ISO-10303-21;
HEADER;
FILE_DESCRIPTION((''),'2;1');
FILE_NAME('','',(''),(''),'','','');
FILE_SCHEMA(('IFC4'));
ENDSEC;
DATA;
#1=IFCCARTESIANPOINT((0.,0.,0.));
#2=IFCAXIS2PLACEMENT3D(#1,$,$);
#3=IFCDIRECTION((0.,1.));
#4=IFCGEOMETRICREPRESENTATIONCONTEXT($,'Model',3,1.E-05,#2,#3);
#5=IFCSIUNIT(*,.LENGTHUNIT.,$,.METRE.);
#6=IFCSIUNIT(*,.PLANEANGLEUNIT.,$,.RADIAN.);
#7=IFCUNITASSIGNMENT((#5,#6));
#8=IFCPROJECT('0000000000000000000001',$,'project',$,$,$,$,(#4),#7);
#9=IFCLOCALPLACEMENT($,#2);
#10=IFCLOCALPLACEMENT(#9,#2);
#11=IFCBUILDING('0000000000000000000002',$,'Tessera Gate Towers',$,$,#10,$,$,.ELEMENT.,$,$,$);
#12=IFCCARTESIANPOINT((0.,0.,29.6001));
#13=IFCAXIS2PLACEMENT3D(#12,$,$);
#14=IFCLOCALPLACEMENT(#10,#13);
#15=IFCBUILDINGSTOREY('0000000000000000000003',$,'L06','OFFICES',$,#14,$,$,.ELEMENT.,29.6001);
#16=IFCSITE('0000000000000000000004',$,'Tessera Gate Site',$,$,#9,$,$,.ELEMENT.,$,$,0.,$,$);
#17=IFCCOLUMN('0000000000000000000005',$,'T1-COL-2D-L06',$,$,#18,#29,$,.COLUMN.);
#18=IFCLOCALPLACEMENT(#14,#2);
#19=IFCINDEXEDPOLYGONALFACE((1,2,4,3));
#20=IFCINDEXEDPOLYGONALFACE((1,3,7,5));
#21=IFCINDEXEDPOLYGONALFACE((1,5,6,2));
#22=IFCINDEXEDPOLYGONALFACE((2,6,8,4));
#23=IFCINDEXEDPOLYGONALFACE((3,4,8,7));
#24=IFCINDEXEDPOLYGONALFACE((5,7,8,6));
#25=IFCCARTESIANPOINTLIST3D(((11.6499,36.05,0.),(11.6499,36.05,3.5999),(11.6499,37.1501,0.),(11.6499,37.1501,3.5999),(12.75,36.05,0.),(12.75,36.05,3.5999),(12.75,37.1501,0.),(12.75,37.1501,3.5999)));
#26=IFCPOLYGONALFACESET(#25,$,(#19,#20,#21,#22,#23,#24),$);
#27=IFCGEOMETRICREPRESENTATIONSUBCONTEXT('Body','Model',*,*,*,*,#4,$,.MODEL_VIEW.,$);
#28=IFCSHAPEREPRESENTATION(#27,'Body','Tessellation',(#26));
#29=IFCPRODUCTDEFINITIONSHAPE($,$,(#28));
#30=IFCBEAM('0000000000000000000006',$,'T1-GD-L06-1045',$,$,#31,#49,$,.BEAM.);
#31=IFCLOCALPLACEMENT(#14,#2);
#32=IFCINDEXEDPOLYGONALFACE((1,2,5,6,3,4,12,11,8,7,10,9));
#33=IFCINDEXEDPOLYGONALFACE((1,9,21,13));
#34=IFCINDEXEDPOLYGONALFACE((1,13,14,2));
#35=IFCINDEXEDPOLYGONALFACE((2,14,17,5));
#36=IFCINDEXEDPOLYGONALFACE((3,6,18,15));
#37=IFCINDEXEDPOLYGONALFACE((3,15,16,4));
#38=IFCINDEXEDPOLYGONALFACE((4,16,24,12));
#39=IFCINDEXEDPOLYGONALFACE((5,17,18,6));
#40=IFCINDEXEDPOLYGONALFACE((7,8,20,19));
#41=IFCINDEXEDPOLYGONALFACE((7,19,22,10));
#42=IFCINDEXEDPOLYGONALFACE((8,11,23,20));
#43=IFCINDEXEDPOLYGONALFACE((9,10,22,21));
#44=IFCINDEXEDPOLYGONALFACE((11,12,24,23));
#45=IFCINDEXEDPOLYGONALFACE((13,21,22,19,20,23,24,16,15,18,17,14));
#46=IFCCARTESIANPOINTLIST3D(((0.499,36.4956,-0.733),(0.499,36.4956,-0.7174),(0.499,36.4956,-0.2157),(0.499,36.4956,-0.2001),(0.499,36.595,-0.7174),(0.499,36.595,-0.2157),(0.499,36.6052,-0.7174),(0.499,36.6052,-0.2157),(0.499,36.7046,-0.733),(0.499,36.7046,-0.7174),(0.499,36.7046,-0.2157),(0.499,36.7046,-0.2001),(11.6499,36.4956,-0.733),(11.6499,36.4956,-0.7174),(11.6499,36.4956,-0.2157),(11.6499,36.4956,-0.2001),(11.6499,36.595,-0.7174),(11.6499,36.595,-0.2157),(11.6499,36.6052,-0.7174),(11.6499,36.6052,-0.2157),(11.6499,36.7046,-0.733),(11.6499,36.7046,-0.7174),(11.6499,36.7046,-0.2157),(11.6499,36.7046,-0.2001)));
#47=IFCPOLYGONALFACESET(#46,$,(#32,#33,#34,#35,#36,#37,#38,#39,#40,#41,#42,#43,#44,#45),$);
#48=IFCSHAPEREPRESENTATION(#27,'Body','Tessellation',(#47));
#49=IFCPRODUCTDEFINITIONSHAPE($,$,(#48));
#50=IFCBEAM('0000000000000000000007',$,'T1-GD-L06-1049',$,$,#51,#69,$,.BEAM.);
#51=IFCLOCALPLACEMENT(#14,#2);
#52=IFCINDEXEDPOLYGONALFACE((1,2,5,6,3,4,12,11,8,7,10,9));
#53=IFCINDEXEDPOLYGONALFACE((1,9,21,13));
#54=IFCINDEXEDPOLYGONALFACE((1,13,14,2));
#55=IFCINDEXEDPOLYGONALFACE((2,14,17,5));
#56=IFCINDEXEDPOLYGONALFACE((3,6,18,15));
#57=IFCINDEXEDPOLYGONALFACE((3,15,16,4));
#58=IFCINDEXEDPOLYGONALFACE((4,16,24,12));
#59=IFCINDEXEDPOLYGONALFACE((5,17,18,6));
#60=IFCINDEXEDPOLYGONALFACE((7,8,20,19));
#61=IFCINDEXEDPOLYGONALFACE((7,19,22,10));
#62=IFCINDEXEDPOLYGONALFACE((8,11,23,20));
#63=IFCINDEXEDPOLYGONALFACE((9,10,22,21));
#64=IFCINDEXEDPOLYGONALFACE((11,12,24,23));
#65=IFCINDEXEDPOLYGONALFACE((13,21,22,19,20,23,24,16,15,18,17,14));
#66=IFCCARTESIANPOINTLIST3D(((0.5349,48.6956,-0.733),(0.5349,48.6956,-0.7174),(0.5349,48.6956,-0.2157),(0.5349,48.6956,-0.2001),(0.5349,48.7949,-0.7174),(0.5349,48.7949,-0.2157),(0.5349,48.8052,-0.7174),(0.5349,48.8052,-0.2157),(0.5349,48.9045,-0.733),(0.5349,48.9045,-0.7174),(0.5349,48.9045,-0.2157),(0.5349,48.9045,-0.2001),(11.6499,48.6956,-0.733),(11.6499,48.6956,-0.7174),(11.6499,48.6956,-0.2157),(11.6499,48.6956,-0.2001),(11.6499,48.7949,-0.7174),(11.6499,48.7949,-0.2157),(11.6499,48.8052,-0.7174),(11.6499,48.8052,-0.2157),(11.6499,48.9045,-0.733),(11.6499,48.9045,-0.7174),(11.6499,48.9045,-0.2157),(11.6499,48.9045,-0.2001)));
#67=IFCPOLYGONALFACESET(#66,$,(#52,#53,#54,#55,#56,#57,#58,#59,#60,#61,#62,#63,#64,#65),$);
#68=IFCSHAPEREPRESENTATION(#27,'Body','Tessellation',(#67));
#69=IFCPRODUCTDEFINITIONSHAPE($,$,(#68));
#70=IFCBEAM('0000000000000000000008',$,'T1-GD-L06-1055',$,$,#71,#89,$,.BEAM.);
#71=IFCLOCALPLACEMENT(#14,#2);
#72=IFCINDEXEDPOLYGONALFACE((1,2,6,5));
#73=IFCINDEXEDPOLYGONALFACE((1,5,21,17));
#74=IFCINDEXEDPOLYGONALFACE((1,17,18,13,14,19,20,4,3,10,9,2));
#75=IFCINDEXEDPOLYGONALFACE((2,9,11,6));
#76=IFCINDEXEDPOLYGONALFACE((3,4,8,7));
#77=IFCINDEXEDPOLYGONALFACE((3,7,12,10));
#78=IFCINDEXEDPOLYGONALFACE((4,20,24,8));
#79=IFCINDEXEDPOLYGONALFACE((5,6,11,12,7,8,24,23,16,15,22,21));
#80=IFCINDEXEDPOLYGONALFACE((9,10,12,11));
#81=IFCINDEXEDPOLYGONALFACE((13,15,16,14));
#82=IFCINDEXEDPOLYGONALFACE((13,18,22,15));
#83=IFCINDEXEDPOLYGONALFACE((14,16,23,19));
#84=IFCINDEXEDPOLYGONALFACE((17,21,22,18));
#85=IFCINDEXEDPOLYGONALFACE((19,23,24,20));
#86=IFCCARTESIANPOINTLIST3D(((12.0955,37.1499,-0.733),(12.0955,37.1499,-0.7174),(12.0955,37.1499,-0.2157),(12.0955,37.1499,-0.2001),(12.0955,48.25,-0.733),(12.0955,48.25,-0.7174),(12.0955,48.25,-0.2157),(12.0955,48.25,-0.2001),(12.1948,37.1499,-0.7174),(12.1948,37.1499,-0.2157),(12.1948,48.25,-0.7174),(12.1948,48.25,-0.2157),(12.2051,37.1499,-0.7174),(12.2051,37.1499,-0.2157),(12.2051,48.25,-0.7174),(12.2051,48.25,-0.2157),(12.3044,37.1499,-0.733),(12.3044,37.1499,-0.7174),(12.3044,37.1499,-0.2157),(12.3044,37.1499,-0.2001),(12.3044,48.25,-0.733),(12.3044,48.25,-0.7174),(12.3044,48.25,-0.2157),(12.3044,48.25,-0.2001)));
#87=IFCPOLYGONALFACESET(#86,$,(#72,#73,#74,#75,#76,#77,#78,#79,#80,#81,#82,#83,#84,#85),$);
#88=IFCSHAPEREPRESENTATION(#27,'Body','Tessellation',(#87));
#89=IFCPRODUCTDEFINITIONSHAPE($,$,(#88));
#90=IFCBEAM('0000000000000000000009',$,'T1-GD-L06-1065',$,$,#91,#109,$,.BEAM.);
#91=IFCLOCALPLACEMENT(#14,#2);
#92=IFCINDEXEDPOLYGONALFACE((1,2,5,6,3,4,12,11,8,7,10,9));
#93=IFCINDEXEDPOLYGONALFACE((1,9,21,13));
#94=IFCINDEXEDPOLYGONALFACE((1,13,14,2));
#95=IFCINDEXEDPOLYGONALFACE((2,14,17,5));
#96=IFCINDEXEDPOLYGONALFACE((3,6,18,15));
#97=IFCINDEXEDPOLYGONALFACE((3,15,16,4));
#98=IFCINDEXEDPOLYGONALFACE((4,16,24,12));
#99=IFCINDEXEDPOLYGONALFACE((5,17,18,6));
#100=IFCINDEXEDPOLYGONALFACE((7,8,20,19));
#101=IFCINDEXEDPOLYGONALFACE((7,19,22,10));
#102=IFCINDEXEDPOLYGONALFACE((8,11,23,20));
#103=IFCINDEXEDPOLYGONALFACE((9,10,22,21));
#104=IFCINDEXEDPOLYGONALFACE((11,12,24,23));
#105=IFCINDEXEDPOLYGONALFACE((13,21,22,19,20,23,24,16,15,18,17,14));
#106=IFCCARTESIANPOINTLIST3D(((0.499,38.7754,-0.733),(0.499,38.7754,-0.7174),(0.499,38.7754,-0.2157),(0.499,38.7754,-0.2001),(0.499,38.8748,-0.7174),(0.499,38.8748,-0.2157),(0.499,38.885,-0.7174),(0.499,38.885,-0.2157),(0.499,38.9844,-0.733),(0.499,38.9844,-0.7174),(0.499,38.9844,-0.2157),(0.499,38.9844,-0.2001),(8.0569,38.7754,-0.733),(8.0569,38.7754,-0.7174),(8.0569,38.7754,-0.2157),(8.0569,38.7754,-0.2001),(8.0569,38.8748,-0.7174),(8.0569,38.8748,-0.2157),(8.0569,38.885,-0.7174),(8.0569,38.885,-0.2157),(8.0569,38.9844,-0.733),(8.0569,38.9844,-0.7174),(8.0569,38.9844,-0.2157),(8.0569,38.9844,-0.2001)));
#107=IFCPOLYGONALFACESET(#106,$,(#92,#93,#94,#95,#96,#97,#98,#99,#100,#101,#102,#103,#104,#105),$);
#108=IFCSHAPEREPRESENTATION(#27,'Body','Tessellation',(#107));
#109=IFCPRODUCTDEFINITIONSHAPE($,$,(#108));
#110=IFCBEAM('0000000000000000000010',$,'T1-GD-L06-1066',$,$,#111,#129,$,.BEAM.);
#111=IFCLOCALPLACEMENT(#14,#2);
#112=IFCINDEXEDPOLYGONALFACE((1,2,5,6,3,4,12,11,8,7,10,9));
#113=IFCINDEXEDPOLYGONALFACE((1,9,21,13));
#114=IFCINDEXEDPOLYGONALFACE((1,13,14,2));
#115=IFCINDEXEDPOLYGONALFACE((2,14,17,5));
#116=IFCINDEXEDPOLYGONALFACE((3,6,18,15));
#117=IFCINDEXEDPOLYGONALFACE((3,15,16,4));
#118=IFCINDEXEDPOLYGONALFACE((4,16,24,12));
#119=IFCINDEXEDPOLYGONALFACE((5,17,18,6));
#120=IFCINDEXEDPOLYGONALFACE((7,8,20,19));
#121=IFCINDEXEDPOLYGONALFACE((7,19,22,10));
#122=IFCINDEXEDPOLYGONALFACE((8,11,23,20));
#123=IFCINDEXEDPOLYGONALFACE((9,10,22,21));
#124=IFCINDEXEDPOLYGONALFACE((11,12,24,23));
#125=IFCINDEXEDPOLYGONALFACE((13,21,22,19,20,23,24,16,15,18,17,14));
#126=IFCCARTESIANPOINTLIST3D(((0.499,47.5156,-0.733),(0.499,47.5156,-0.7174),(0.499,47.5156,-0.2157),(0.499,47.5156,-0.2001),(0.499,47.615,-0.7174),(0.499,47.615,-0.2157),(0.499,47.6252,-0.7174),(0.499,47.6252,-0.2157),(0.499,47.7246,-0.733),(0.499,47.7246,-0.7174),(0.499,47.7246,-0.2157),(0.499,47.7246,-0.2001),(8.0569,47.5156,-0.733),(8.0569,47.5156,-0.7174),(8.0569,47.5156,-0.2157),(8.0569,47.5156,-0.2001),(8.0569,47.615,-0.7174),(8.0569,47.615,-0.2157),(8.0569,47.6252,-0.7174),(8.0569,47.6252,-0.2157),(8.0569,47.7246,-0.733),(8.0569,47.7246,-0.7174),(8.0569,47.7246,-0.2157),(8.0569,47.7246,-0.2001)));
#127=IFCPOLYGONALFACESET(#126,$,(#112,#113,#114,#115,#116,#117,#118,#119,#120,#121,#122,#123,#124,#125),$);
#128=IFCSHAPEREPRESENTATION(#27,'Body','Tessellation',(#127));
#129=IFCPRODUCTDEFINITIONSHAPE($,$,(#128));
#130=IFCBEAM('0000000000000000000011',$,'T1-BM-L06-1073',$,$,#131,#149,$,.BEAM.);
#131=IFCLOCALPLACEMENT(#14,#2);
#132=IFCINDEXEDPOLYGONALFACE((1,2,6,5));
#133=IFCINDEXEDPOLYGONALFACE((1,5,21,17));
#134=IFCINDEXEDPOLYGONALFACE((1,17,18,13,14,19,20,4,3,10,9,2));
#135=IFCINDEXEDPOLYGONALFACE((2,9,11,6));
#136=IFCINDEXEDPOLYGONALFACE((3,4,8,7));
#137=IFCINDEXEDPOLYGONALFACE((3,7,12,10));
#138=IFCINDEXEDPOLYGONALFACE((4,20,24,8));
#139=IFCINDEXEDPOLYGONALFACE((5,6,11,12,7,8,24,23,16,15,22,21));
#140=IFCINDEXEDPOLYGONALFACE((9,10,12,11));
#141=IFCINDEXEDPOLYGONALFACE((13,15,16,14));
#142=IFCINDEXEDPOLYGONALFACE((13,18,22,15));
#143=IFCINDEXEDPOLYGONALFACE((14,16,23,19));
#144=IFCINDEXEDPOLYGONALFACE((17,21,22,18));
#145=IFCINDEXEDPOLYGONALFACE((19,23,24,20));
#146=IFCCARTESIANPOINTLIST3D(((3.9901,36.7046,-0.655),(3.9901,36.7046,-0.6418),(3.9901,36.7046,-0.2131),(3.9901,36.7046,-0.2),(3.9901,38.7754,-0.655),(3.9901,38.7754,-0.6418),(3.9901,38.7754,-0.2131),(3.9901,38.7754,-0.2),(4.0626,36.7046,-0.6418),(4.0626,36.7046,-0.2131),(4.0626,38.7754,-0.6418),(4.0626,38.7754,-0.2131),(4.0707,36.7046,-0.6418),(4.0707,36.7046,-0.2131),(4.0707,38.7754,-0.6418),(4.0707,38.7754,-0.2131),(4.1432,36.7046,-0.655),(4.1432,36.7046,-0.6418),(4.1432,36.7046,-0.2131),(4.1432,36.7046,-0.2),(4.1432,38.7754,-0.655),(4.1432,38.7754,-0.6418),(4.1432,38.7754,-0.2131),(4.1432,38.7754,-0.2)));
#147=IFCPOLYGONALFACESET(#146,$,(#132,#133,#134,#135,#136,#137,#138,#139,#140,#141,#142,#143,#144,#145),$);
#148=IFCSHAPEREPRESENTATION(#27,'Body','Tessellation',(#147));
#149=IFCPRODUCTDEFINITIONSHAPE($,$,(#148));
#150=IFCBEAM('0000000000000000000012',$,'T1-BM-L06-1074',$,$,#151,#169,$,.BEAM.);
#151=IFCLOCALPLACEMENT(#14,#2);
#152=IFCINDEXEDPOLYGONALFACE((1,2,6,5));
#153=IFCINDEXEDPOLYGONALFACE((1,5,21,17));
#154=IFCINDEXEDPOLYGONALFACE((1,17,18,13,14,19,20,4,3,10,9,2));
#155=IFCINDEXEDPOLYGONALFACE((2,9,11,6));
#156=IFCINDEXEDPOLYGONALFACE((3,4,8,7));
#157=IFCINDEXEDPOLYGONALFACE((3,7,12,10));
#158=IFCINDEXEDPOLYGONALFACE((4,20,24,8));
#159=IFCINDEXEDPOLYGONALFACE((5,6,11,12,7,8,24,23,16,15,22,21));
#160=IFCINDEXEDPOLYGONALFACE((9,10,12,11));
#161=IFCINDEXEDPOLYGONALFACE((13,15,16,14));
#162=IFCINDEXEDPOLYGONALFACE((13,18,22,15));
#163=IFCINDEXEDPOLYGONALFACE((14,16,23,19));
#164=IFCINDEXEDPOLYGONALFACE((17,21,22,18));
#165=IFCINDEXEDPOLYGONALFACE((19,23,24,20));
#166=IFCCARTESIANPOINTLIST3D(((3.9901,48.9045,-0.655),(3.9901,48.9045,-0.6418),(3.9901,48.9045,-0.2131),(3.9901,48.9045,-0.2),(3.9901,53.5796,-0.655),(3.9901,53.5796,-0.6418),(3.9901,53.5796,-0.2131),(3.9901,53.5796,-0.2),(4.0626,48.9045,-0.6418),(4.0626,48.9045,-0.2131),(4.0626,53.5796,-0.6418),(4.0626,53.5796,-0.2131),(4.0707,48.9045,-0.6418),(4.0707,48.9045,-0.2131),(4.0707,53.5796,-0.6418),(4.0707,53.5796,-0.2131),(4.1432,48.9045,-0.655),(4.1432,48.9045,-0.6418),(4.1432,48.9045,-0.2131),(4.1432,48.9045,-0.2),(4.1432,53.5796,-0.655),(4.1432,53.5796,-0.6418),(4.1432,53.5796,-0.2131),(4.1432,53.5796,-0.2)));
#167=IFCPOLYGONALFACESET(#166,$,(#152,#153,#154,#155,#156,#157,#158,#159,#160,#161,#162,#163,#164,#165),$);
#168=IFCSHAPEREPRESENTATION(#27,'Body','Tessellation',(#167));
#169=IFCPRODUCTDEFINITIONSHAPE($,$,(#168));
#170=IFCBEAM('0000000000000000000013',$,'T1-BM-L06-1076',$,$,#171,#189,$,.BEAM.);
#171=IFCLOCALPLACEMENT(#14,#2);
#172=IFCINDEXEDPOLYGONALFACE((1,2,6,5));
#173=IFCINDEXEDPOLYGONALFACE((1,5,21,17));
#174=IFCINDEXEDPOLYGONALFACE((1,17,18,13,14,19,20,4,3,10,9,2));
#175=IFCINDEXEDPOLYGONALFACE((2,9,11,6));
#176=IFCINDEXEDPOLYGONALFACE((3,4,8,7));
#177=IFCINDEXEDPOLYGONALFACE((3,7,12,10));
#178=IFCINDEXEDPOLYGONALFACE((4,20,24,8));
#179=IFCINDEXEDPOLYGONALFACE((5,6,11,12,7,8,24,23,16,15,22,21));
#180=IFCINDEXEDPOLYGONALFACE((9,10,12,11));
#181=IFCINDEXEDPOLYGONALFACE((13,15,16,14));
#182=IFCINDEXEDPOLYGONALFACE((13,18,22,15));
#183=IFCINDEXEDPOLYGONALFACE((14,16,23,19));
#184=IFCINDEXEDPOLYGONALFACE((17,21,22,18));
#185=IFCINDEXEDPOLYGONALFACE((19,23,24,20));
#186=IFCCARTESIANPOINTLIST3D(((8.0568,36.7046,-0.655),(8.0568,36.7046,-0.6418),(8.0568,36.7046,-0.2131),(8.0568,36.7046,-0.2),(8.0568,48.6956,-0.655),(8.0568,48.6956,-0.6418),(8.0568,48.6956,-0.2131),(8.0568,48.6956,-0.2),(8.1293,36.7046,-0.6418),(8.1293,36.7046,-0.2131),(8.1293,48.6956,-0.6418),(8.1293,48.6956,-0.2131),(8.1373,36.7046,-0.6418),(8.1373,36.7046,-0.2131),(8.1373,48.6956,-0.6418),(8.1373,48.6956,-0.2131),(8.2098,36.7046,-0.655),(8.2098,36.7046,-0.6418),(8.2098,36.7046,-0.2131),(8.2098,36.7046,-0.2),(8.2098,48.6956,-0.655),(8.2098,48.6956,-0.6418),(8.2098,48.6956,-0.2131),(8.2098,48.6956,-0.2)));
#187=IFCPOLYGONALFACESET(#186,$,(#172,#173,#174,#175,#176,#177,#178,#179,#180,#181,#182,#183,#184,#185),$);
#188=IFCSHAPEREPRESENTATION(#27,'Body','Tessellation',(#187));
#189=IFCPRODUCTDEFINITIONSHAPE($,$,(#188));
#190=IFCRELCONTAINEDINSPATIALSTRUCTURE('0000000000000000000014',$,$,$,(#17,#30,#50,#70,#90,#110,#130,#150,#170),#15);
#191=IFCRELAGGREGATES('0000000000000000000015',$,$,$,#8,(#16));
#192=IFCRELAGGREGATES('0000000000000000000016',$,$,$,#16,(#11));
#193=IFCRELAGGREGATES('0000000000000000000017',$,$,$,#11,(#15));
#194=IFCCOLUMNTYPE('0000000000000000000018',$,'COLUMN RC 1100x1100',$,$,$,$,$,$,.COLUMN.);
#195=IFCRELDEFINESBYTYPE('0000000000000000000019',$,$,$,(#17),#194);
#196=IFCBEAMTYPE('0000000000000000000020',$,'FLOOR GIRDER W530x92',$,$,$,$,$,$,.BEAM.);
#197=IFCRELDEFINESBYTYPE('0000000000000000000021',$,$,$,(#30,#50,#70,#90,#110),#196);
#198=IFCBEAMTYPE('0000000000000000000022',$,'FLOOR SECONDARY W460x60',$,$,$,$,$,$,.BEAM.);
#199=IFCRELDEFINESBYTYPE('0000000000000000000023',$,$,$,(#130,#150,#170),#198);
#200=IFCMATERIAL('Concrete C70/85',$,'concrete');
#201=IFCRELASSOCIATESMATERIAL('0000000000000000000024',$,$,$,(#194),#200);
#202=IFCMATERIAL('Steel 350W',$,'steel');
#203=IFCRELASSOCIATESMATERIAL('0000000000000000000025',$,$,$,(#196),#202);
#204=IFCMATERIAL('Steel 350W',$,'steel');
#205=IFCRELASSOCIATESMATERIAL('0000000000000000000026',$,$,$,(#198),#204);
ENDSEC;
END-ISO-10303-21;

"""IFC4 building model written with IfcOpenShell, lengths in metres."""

from ifc_helpers import new_model, si_unit, direction, frame, origin, origin_2d, place, context, subcontext, project, spatial, rectangle, i_section, extrude, material, material_profile, profile_set, type_object, element, save


model = new_model("IFC4")

# Units and contexts
model_context = context("Model", 3, precision=1e-05, world=origin(), true_north=direction((0.0, 1.0)))
body_context = subcontext(model_context, "Body", "Model", "MODEL_VIEW")
ifc_project = project(units=[si_unit("LENGTHUNIT", "METRE"), si_unit("PLANEANGLEUNIT", "RADIAN")], contexts=[model_context])

# Site, building, storey
site_placement = place(None, origin())
site = spatial("IfcSite", under=ifc_project, at=site_placement, Name="Tessera Gate Site", CompositionType="ELEMENT", RefElevation=0.0)
building_placement = place(site_placement, origin())
building = spatial("IfcBuilding", under=site, at=building_placement, Name="Tessera Gate Towers", CompositionType="ELEMENT")
storey_placement = place(building_placement, frame((0.0, 0.0, 29.6001)))
storey = spatial("IfcBuildingStorey", under=building, at=storey_placement, Name="L06", Description="OFFICES", CompositionType="ELEMENT", Elevation=29.6001)

# Column
ifc_material_1 = material(Name="Concrete C70/85", Category="concrete")
ifc_material_profile_1 = material_profile(ifc_material_1, rectangle(XDim=1.1001, YDim=1.1001, at=origin_2d()), Name="RC 1100x1100")
ifc_profile_set_1 = profile_set([ifc_material_profile_1], Name="Concrete C70/85")
column_type = type_object("IfcColumnType", Name="COLUMN RC 1100x1100", PredefinedType="COLUMN", material=ifc_profile_set_1)
column_placement = place(storey_placement, frame((12.2, 36.6001, 0.0), z_axis=(0.0, 0.0, 1.0), x_axis=(1.0, 0.0, 0.0)))
element("IfcColumn", 1, at=column_placement, inside=storey, type_object=column_type, Name="T1-COL-2D-L06", PredefinedType="COLUMN", context=body_context, shape_type="SweptSolid", body=[
    extrude(rectangle(XDim=1.1001, YDim=1.1001, at=origin_2d()), origin(), (0.0, 0.0, 1.0), 3.5999),
])

# Beams
ifc_material_2 = material(Name="Steel 350W", Category="steel")
ifc_material_profile_2 = material_profile(ifc_material_2, i_section(OverallWidth=0.209, OverallDepth=0.533, WebThickness=0.0103, FlangeThickness=0.0156, at=origin_2d()), Name="W530x92")
ifc_profile_set_2 = profile_set([ifc_material_profile_2], Name="Steel 350W")
beam_type_1 = type_object("IfcBeamType", Name="FLOOR GIRDER W530x92", PredefinedType="BEAM", material=ifc_profile_set_2)
beam_1_placement = place(storey_placement, frame((0.499, 36.6001, -0.4666), z_axis=(1.0, 0.0, 0.0), x_axis=(0.0, 1.0, 0.0)))
element("IfcBeam", 2, at=beam_1_placement, inside=storey, type_object=beam_type_1, Name="T1-GD-L06-1045", PredefinedType="BEAM", context=body_context, shape_type="SweptSolid", body=[
    extrude(i_section(OverallWidth=0.209, OverallDepth=0.533, WebThickness=0.0103, FlangeThickness=0.0156, at=origin_2d()), origin(), (0.0, 0.0, 1.0), 11.1509),
])
beam_2_placement = place(storey_placement, frame((0.5349, 48.8, -0.4666), z_axis=(1.0, 0.0, 0.0), x_axis=(0.0, 1.0, 0.0)))
element("IfcBeam", 3, at=beam_2_placement, inside=storey, type_object=beam_type_1, Name="T1-GD-L06-1049", PredefinedType="BEAM", context=body_context, shape_type="SweptSolid", body=[
    extrude(i_section(OverallWidth=0.209, OverallDepth=0.533, WebThickness=0.0103, FlangeThickness=0.0156, at=origin_2d()), origin(), (0.0, 0.0, 1.0), 11.115),
])
beam_3_placement = place(storey_placement, frame((12.2, 37.1499, -0.4666), z_axis=(0.0, 1.0, 0.0), x_axis=(-1.0, 0.0, 0.0)))
element("IfcBeam", 4, at=beam_3_placement, inside=storey, type_object=beam_type_1, Name="T1-GD-L06-1055", PredefinedType="BEAM", context=body_context, shape_type="SweptSolid", body=[
    extrude(i_section(OverallWidth=0.209, OverallDepth=0.533, WebThickness=0.0103, FlangeThickness=0.0156, at=origin_2d()), origin(), (0.0, 0.0, 1.0), 11.1001),
])
for number, where, z_axis, x_axis, name in (
    (5, (0.499, 38.8799, -0.4666), (1.0, 0.0, 0.0), (0.0, 1.0, 0.0), "T1-GD-L06-1065"),
    (6, (0.499, 47.6201, -0.4666), (1.0, 0.0, 0.0), (0.0, 1.0, 0.0), "T1-GD-L06-1066"),
):
    element("IfcBeam", number, at=place(storey_placement, frame(where, z_axis=z_axis, x_axis=x_axis)), inside=storey, type_object=beam_type_1, Name=name, PredefinedType="BEAM", context=body_context, shape_type="SweptSolid", body=[
        extrude(i_section(OverallWidth=0.209, OverallDepth=0.533, WebThickness=0.0103, FlangeThickness=0.0156, at=origin_2d()), origin(), (0.0, 0.0, 1.0), 7.5579),
    ])
ifc_material_3 = material(Name="Steel 350W", Category="steel")
ifc_material_profile_3 = material_profile(ifc_material_3, i_section(OverallWidth=0.1531, OverallDepth=0.4551, WebThickness=0.0081, FlangeThickness=0.0132, at=origin_2d()), Name="W460x60")
ifc_profile_set_3 = profile_set([ifc_material_profile_3], Name="Steel 350W")
beam_type_2 = type_object("IfcBeamType", Name="FLOOR SECONDARY W460x60", PredefinedType="BEAM", material=ifc_profile_set_3)
beam_4_placement = place(storey_placement, frame((4.0667, 36.7046, -0.4275), z_axis=(0.0, 1.0, 0.0), x_axis=(-1.0, 0.0, 0.0)))
element("IfcBeam", 7, at=beam_4_placement, inside=storey, type_object=beam_type_2, Name="T1-BM-L06-1073", PredefinedType="BEAM", context=body_context, shape_type="SweptSolid", body=[
    extrude(i_section(OverallWidth=0.1531, OverallDepth=0.4551, WebThickness=0.0081, FlangeThickness=0.0132, at=origin_2d()), origin(), (0.0, 0.0, 1.0), 2.0708),
])
beam_5_placement = place(storey_placement, frame((4.0667, 48.9045, -0.4275), z_axis=(0.0, 1.0, 0.0), x_axis=(-1.0, 0.0, 0.0)))
element("IfcBeam", 8, at=beam_5_placement, inside=storey, type_object=beam_type_2, Name="T1-BM-L06-1074", PredefinedType="BEAM", context=body_context, shape_type="SweptSolid", body=[
    extrude(i_section(OverallWidth=0.1531, OverallDepth=0.4551, WebThickness=0.0081, FlangeThickness=0.0132, at=origin_2d()), origin(), (0.0, 0.0, 1.0), 4.675),
])
beam_6_placement = place(storey_placement, frame((8.1333, 36.7046, -0.4275), z_axis=(0.0, 1.0, 0.0), x_axis=(-1.0, 0.0, 0.0)))
element("IfcBeam", 9, at=beam_6_placement, inside=storey, type_object=beam_type_2, Name="T1-BM-L06-1076", PredefinedType="BEAM", context=body_context, shape_type="SweptSolid", body=[
    extrude(i_section(OverallWidth=0.1531, OverallDepth=0.4551, WebThickness=0.0081, FlangeThickness=0.0132, at=origin_2d()), origin(), (0.0, 0.0, 1.0), 11.991),
])

save(model, "model.ifc")
